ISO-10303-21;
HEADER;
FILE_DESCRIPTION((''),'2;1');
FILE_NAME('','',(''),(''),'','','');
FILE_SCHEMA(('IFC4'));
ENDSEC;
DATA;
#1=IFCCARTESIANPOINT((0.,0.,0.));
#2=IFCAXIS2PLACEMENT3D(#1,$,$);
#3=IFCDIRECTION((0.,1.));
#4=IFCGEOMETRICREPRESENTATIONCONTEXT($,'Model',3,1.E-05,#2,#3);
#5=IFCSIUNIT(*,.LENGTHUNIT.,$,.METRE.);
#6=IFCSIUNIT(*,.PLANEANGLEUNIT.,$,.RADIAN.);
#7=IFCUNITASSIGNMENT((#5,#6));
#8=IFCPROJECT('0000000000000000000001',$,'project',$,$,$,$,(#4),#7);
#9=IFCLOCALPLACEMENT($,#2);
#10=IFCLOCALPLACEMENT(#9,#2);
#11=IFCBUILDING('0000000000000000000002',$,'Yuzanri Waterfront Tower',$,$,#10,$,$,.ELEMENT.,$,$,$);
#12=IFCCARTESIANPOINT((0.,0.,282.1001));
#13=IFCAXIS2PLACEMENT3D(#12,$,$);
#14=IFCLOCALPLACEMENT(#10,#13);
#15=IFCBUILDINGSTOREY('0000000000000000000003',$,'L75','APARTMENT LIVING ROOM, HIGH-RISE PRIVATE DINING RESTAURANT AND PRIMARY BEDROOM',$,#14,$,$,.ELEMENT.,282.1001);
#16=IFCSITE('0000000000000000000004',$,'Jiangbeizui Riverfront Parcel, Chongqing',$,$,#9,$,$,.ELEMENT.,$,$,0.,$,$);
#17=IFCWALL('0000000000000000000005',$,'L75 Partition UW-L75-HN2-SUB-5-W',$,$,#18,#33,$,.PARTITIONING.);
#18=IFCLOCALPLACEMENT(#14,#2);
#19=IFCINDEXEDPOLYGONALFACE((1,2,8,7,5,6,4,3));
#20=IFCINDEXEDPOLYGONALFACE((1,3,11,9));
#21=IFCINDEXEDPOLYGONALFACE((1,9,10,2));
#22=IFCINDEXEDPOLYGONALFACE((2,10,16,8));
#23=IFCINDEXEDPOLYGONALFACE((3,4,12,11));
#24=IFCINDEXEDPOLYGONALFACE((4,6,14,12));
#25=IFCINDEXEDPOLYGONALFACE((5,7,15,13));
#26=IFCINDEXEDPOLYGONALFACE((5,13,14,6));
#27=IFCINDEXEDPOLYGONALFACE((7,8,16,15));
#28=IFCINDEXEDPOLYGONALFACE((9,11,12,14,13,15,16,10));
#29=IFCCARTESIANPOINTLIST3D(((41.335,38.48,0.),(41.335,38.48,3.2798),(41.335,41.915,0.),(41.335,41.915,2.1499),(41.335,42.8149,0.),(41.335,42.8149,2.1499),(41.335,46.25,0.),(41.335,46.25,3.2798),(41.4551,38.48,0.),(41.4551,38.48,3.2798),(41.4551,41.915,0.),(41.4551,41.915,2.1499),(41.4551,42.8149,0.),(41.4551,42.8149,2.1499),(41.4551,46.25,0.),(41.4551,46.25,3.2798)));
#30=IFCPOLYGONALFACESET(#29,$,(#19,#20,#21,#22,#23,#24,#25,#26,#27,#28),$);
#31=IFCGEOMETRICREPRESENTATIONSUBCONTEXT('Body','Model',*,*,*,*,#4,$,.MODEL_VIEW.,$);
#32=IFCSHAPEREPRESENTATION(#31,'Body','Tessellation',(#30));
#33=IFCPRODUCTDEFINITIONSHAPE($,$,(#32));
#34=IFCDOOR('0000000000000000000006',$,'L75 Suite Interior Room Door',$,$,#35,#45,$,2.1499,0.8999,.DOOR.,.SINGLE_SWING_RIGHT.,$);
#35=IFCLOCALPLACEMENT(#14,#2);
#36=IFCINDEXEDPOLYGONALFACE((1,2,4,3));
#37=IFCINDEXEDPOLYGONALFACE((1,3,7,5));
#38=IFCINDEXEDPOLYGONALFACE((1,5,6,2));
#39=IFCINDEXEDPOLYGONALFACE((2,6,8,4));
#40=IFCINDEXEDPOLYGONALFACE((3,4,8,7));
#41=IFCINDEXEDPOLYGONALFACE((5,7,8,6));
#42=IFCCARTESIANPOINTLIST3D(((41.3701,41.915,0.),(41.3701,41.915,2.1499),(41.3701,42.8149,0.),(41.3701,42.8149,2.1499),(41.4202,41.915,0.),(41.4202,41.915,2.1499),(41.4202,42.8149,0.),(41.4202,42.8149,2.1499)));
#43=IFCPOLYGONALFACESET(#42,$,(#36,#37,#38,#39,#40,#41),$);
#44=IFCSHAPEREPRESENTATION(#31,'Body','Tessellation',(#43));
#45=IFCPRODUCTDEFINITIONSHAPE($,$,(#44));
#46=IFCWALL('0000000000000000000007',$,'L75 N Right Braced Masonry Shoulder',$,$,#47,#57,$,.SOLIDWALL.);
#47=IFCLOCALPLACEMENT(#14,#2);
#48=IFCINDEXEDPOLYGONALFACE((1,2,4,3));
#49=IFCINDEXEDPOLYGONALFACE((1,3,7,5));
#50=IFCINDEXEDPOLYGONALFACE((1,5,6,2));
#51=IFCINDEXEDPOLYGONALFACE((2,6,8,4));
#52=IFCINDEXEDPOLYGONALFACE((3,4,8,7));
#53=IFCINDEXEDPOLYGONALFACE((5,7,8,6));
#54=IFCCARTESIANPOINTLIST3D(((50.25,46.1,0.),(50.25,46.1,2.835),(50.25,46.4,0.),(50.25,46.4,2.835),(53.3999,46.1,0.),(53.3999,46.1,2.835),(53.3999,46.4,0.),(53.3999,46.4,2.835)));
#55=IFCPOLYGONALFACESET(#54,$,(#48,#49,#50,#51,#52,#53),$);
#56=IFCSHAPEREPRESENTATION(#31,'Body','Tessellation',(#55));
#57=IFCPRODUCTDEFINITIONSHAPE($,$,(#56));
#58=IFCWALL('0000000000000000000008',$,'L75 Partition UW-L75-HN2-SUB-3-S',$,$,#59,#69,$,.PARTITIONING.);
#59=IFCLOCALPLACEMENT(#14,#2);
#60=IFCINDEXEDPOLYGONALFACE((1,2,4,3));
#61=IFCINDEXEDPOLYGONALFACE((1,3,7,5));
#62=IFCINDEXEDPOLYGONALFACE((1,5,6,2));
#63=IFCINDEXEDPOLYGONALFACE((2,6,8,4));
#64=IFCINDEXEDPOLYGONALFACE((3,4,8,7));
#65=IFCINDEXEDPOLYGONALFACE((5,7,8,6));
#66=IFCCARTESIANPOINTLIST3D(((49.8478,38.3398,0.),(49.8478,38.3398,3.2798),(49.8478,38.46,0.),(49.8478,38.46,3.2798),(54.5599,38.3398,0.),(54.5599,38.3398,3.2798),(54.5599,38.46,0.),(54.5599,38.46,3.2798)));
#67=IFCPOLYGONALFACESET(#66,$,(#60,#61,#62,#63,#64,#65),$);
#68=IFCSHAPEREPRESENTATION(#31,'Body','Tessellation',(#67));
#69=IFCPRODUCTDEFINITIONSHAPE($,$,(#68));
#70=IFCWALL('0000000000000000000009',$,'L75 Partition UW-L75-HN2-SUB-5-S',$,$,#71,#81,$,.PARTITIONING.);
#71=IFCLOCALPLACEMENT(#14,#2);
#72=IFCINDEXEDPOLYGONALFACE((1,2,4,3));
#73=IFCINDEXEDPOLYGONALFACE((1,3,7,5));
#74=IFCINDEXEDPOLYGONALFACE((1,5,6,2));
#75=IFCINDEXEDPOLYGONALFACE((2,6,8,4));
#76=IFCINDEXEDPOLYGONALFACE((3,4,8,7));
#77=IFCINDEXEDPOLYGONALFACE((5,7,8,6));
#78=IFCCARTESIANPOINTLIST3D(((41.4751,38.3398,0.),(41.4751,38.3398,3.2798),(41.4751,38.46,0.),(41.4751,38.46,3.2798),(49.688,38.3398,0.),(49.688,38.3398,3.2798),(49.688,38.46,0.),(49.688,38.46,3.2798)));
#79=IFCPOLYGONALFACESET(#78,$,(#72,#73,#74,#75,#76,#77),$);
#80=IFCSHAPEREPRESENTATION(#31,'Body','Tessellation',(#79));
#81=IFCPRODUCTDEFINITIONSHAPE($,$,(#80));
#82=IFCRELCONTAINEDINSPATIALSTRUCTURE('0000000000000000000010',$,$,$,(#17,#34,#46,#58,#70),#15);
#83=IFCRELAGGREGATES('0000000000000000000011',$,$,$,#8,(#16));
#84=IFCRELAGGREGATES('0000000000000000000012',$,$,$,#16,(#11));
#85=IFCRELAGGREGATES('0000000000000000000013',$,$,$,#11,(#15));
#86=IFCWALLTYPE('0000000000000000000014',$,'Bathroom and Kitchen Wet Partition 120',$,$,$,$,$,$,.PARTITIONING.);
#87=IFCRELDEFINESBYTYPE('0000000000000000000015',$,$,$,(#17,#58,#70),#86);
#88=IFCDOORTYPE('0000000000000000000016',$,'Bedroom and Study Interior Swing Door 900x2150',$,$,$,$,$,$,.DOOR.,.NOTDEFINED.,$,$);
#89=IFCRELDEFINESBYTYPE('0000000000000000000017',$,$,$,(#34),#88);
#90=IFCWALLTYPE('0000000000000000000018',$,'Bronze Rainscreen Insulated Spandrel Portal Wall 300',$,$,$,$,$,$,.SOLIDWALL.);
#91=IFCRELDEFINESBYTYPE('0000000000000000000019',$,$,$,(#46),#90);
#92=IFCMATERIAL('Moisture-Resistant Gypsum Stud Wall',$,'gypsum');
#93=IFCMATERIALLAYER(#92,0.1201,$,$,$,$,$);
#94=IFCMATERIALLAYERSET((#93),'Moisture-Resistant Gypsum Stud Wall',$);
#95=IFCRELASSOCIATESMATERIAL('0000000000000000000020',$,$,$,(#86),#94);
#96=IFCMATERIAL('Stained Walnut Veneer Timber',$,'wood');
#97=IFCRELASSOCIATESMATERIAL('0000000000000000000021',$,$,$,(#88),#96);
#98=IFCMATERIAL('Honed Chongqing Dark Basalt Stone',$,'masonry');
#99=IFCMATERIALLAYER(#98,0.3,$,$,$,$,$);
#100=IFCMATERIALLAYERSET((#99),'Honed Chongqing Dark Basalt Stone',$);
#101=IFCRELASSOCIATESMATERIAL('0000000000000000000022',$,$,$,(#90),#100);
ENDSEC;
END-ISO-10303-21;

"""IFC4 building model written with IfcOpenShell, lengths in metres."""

from ifc_helpers import new_model, si_unit, direction, frame, frame_2d, origin, place, context, subcontext, project, spatial, rectangle, extrude, source, transform, mapped, material, layer, layer_set, type_object, element, fill, save


model = new_model("IFC4")

# Units and contexts
model_context = context("Model", 3, precision=1e-05, world=origin(), true_north=direction((0.0, 1.0)))
body_context = subcontext(model_context, "Body", "Model", "MODEL_VIEW")
ifc_project = project(units=[si_unit("LENGTHUNIT", "METRE"), si_unit("PLANEANGLEUNIT", "RADIAN")], contexts=[model_context])

# Site, building, storey
site_placement = place(None, origin())
site = spatial("IfcSite", under=ifc_project, at=site_placement, Name="Jiangbeizui Riverfront Parcel, Chongqing", CompositionType="ELEMENT", RefElevation=0.0)
building_placement = place(site_placement, origin())
building = spatial("IfcBuilding", under=site, at=building_placement, Name="Yuzanri Waterfront Tower", CompositionType="ELEMENT")
storey_placement = place(building_placement, frame((0.0, 0.0, 282.1001)))
storey = spatial("IfcBuildingStorey", under=building, at=storey_placement, Name="L75", Description="APARTMENT LIVING ROOM, HIGH-RISE PRIVATE DINING RESTAURANT AND PRIMARY BEDROOM", CompositionType="ELEMENT", Elevation=282.1001)

# Wall, opening, door
ifc_material_1 = material(Name="Moisture-Resistant Gypsum Stud Wall", Category="gypsum")
ifc_layer_1 = layer(ifc_material_1, 0.1201)
ifc_layer_set_1 = layer_set([ifc_layer_1], Name="Moisture-Resistant Gypsum Stud Wall")
wall_type_1 = type_object("IfcWallType", Name="Bathroom and Kitchen Wet Partition 120", PredefinedType="PARTITIONING", material=ifc_layer_set_1)
ifc_material_2 = material(Name="Stained Walnut Veneer Timber", Category="wood")
door_type_1 = type_object("IfcDoorType", Name="Bedroom and Study Interior Swing Door 900x2150", OperationType="NOTDEFINED", PredefinedType="DOOR", material=ifc_material_2)
shared_shape_1 = source(origin(), body_context, "Body", "SweptSolid", [
    extrude(rectangle(XDim=0.8999, YDim=2.1499, at=frame_2d((0.45, 1.075))), frame((0.0, 0.0249, 0.0), z_axis=(0.0, -1.0, 0.0), x_axis=(1.0, 0.0, 0.0)), (0.0, 0.0, 1.0), 0.05),
])
wall_1_placement = place(storey_placement, frame((41.395, 38.48, 0.0), z_axis=(0.0, 0.0, 1.0), x_axis=(0.0, 1.0, 0.0)))
wall_1 = element("IfcWall", 1, at=wall_1_placement, inside=storey, type_object=wall_type_1, Name="L75 Partition UW-L75-HN2-SUB-5-W", PredefinedType="PARTITIONING", context=body_context, shape_type="SweptSolid", body=[
    extrude(rectangle(XDim=7.77, YDim=0.1201, at=frame_2d((3.885, 0.0))), origin(), (0.0, 0.0, 1.0), 3.2798),
])
opening_1_placement = place(wall_1_placement, frame((3.4351, 0.0, 0.0)))
opening_1 = element("IfcOpeningElement", 2, at=opening_1_placement, cuts=wall_1, PredefinedType="OPENING", context=body_context, shape_type="SweptSolid", body=[
    extrude(rectangle(XDim=0.8999, YDim=2.1499, at=frame_2d((0.45, 1.075))), frame((0.0, 0.075, 0.0), z_axis=(0.0, -1.0, 0.0), x_axis=(1.0, 0.0, 0.0)), (0.0, 0.0, 1.0), 0.1499),
])
door_1_placement = place(opening_1_placement, origin())
door_1 = element("IfcDoor", 3, at=door_1_placement, inside=storey, type_object=door_type_1, Name="L75 Suite Interior Room Door", OperationType="SINGLE_SWING_RIGHT", OverallHeight=2.1499, OverallWidth=0.8999, PredefinedType="DOOR", context=body_context, shape_type="MappedRepresentation", body=[
    mapped(shared_shape_1, transform((0.0, 0.0, 0.0), scale=1.0)),
])
fill(opening_1, door_1)

# Walls
ifc_material_3 = material(Name="Honed Chongqing Dark Basalt Stone", Category="masonry")
ifc_layer_2 = layer(ifc_material_3, 0.3)
ifc_layer_set_2 = layer_set([ifc_layer_2], Name="Honed Chongqing Dark Basalt Stone")
wall_type_2 = type_object("IfcWallType", Name="Bronze Rainscreen Insulated Spandrel Portal Wall 300", PredefinedType="SOLIDWALL", material=ifc_layer_set_2)
shared_shape_2 = source(origin(), body_context, "Body", "SweptSolid", [
    extrude(rectangle(XDim=3.1499, YDim=0.3, at=frame_2d((1.575, 0.0))), origin(), (0.0, 0.0, 1.0), 2.835),
])
wall_2_placement = place(storey_placement, frame((50.25, 46.25, 0.0), z_axis=(0.0, 0.0, 1.0), x_axis=(1.0, 0.0, 0.0)))
element("IfcWall", 4, at=wall_2_placement, inside=storey, type_object=wall_type_2, Name="L75 N Right Braced Masonry Shoulder", PredefinedType="SOLIDWALL", context=body_context, shape_type="MappedRepresentation", body=[
    mapped(shared_shape_2, transform((0.0, 0.0, 0.0), scale=1.0)),
])
shared_shape_3 = source(origin(), body_context, "Body", "SweptSolid", [
    extrude(rectangle(XDim=4.7122, YDim=0.1201, at=frame_2d((2.356, 0.0))), origin(), (0.0, 0.0, 1.0), 3.2798),
])
wall_3_placement = place(storey_placement, frame((49.8479, 38.3999, 0.0), z_axis=(0.0, 0.0, 1.0), x_axis=(1.0, 0.0, 0.0)))
element("IfcWall", 5, at=wall_3_placement, inside=storey, type_object=wall_type_1, Name="L75 Partition UW-L75-HN2-SUB-3-S", PredefinedType="PARTITIONING", context=body_context, shape_type="MappedRepresentation", body=[
    mapped(shared_shape_3, transform((0.0, 0.0, 0.0), scale=1.0)),
])
shared_shape_4 = source(origin(), body_context, "Body", "SweptSolid", [
    extrude(rectangle(XDim=8.2129, YDim=0.1201, at=frame_2d((4.1064, 0.0))), origin(), (0.0, 0.0, 1.0), 3.2798),
])
wall_4_placement = place(storey_placement, frame((41.4751, 38.3999, 0.0), z_axis=(0.0, 0.0, 1.0), x_axis=(1.0, 0.0, 0.0)))
element("IfcWall", 6, at=wall_4_placement, inside=storey, type_object=wall_type_1, Name="L75 Partition UW-L75-HN2-SUB-5-S", PredefinedType="PARTITIONING", context=body_context, shape_type="MappedRepresentation", body=[
    mapped(shared_shape_4, transform((0.0, 0.0, 0.0), scale=1.0)),
])

save(model, "model.ifc")
